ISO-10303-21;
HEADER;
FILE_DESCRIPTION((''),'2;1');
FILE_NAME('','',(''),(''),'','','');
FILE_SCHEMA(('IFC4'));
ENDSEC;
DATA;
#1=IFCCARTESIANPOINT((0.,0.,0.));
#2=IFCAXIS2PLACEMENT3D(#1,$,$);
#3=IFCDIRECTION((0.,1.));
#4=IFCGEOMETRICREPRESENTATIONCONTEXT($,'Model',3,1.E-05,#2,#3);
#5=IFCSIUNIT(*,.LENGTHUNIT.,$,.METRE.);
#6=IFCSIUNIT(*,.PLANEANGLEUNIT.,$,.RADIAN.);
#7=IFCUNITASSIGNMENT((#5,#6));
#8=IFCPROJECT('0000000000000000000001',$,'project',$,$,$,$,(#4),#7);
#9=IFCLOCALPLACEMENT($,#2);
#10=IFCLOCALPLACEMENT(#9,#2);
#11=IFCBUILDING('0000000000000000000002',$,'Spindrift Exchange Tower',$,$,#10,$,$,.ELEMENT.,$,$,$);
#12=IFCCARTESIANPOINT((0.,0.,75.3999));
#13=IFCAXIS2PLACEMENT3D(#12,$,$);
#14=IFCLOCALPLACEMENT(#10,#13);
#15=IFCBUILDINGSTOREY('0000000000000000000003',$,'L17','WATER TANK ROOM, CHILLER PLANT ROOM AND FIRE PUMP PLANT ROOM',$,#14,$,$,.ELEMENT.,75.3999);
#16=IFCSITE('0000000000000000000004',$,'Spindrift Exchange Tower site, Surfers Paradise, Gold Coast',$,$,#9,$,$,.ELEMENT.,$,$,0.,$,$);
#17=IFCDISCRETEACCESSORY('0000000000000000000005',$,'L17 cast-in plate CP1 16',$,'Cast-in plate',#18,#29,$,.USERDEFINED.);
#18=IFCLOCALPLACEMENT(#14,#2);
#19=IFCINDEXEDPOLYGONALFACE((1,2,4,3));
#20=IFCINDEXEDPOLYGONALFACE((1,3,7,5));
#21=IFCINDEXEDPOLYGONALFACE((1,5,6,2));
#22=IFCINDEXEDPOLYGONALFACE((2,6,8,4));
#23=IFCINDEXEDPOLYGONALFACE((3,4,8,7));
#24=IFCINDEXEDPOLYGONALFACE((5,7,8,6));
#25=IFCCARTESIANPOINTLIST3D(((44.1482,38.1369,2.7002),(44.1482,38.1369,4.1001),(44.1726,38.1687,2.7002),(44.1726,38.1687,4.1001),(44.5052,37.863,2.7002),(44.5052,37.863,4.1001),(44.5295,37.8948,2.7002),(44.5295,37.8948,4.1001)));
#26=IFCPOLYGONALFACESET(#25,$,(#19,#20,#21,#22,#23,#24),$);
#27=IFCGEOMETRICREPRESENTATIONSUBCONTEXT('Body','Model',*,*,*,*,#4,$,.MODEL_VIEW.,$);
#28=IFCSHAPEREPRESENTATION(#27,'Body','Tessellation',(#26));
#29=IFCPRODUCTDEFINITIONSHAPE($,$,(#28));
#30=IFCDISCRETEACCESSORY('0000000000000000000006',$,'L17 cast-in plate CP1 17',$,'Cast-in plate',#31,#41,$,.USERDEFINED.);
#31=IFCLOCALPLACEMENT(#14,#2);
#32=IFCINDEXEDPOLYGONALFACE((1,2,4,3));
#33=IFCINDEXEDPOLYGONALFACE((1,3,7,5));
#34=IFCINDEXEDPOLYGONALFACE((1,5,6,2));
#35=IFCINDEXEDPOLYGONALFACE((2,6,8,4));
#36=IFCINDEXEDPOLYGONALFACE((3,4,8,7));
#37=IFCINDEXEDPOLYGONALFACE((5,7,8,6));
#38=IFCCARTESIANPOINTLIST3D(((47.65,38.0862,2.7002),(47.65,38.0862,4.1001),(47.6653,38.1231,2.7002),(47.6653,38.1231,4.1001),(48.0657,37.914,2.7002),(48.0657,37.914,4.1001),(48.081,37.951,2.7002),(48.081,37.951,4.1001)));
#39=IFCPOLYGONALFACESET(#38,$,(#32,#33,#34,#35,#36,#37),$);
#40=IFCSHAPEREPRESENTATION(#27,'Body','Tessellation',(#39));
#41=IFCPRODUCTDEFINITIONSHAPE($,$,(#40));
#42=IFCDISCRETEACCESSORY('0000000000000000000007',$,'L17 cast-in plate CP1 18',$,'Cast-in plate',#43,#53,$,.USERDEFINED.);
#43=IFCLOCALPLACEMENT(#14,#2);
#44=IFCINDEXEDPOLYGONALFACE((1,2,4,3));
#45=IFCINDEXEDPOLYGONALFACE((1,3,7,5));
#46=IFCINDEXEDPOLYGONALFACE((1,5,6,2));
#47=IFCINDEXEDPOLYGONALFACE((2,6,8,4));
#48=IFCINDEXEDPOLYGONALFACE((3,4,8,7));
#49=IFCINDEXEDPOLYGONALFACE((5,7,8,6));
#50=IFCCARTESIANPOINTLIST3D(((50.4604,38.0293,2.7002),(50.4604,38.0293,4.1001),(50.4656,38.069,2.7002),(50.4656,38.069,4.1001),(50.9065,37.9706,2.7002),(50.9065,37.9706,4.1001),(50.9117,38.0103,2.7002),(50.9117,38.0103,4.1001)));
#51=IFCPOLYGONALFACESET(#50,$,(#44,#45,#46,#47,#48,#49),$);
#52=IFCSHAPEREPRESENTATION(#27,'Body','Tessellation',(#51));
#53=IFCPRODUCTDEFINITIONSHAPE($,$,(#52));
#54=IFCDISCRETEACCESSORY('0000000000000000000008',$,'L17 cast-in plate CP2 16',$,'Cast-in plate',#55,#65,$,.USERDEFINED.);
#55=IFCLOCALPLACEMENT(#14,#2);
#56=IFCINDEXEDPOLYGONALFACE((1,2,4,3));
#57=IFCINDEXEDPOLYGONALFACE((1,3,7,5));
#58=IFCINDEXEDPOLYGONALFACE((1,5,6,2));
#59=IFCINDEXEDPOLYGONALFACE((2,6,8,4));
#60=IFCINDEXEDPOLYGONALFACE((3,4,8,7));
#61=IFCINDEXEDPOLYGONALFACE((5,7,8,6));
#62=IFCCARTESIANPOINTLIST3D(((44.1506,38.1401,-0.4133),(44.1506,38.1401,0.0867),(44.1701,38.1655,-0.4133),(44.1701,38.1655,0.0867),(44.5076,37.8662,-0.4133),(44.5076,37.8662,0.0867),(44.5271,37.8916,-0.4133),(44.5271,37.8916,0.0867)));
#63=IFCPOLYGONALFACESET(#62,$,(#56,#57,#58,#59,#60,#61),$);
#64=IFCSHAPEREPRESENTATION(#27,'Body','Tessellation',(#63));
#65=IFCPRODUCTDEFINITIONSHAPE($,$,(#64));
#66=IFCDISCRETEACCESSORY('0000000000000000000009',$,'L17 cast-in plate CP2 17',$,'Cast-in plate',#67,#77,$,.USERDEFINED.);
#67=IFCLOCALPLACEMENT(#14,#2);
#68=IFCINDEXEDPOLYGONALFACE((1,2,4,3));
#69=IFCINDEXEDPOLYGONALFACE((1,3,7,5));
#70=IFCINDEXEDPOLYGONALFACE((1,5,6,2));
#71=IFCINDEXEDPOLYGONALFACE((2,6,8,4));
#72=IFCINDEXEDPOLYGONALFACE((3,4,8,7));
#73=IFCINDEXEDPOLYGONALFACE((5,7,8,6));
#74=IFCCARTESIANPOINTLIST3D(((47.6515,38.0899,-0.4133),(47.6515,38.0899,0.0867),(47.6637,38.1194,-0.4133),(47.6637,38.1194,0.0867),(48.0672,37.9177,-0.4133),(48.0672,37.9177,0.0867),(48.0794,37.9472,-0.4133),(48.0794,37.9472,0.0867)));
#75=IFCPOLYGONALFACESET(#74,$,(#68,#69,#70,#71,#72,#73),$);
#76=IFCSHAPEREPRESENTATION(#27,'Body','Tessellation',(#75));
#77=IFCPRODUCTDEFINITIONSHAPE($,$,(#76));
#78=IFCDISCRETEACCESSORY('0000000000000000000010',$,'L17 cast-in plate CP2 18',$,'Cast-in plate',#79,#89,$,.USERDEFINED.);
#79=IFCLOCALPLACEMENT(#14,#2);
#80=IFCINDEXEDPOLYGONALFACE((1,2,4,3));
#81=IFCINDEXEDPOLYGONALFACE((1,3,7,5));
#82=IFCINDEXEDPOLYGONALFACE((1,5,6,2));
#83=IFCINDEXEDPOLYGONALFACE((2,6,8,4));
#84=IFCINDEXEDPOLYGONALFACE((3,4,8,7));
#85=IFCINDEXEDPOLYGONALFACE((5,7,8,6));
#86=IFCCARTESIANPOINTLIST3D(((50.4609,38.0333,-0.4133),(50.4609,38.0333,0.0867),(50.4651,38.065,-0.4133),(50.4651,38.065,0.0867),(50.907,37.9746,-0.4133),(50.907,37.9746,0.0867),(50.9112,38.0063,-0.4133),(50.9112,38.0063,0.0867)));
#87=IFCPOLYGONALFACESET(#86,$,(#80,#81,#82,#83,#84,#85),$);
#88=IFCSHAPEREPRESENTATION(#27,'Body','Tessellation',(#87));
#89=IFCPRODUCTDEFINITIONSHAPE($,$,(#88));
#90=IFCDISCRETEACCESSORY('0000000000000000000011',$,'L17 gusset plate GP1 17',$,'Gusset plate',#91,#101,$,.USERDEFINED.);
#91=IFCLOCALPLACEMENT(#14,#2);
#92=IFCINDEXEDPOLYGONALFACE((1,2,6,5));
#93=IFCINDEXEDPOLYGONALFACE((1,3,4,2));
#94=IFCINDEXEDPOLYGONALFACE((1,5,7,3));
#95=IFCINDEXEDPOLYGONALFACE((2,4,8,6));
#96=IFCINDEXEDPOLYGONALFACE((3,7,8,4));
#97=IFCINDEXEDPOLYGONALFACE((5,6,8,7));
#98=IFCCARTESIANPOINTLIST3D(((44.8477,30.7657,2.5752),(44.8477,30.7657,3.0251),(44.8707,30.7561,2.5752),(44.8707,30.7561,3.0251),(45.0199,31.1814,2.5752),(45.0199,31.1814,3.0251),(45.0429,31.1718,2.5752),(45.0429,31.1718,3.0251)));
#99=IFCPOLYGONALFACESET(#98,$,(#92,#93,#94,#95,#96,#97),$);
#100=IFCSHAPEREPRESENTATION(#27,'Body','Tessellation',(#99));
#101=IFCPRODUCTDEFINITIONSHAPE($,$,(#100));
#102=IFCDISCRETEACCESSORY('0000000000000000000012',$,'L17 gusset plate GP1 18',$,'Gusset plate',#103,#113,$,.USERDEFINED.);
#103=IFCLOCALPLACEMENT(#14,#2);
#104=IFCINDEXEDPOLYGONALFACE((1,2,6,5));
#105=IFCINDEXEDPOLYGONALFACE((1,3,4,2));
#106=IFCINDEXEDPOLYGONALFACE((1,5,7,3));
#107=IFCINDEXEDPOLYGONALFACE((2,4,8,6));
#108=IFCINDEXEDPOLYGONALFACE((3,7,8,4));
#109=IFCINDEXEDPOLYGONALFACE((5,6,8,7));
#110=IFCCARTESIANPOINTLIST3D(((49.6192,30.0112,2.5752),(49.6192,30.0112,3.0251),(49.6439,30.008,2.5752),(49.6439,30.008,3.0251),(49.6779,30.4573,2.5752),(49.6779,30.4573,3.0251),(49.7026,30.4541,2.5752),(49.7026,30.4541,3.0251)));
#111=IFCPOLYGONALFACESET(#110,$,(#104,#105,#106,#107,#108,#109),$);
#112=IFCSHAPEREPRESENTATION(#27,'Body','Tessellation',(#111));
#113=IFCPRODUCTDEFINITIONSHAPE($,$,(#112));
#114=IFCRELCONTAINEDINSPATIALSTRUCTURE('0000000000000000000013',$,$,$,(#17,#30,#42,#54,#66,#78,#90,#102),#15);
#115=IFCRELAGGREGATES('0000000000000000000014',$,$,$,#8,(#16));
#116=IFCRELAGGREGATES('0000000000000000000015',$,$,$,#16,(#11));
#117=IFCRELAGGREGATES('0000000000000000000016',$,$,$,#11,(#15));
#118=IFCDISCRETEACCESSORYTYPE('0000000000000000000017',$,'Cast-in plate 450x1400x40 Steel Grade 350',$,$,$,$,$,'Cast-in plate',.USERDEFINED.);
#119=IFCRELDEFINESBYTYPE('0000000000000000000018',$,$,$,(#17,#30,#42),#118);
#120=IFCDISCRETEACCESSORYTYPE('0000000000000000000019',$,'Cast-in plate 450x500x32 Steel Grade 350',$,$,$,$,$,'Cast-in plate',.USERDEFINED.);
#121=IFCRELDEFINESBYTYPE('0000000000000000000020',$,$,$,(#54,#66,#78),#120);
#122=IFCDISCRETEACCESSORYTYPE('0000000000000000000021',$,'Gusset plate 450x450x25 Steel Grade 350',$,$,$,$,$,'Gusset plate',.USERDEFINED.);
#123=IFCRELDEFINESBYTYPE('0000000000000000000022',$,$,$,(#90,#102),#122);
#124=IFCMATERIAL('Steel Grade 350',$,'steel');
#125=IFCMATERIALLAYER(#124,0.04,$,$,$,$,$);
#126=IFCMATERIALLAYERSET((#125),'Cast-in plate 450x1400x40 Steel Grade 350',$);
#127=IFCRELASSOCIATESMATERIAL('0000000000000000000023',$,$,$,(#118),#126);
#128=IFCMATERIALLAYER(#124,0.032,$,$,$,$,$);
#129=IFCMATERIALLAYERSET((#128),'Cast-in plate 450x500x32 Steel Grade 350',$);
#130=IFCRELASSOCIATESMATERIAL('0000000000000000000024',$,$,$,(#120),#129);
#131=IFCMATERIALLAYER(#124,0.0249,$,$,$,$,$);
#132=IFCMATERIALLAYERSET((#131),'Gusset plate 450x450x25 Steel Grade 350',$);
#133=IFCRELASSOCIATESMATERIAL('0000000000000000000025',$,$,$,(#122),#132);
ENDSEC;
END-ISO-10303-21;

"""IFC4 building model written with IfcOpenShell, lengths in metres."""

from ifc_helpers import new_model, si_unit, direction, frame, origin, origin_2d, place, context, subcontext, project, spatial, rectangle, extrude, source, transform, mapped, material, layer, layer_set, type_object, element, save


model = new_model("IFC4")

# Units and contexts
model_context = context("Model", 3, precision=1e-05, world=origin(), true_north=direction((0.0, 1.0)))
body_context = subcontext(model_context, "Body", "Model", "MODEL_VIEW")
ifc_project = project(units=[si_unit("LENGTHUNIT", "METRE"), si_unit("PLANEANGLEUNIT", "RADIAN")], contexts=[model_context])

# Site, building, storey
site_placement = place(None, origin())
site = spatial("IfcSite", under=ifc_project, at=site_placement, Name="Spindrift Exchange Tower site, Surfers Paradise, Gold Coast", CompositionType="ELEMENT", RefElevation=0.0)
building_placement = place(site_placement, origin())
building = spatial("IfcBuilding", under=site, at=building_placement, Name="Spindrift Exchange Tower", CompositionType="ELEMENT")
storey_placement = place(building_placement, frame((0.0, 0.0, 75.3999)))
storey = spatial("IfcBuildingStorey", under=building, at=storey_placement, Name="L17", Description="WATER TANK ROOM, CHILLER PLANT ROOM AND FIRE PUMP PLANT ROOM", CompositionType="ELEMENT", Elevation=75.3999)

# Discrete accessories
ifc_material_1 = material(Name="Steel Grade 350", Category="steel")
ifc_layer_1 = layer(ifc_material_1, 0.04)
ifc_layer_set_1 = layer_set([ifc_layer_1], Name="Cast-in plate 450x1400x40 Steel Grade 350")
discrete_accessory_type_1 = type_object("IfcDiscreteAccessoryType", Name="Cast-in plate 450x1400x40 Steel Grade 350", ElementType="Cast-in plate", PredefinedType="USERDEFINED", material=ifc_layer_set_1)
shared_shape_1 = source(origin(), body_context, "Body", "SweptSolid", [
    extrude(rectangle(XDim=0.04, YDim=0.45, at=origin_2d()), origin(), (0.0, 0.0, 1.0), 1.3999),
])
for number, where, z_axis, x_axis, name in (
    (1, (44.3389, 38.0159, 2.7002), (0.0, 0.0, 1.0), (-0.608761, -0.793353, 0.0), "L17 cast-in plate CP1 16"),
    (2, (47.8655, 38.0186, 2.7002), (0.0, 0.0, 1.0), (-0.382683, -0.92388, 0.0), "L17 cast-in plate CP1 17"),
    (3, (50.686, 38.0198, 2.7002), (0.0, 0.0, 1.0), (-0.130526, -0.991445, 0.0), "L17 cast-in plate CP1 18"),
):
    element("IfcDiscreteAccessory", number, at=place(storey_placement, frame(where, z_axis=z_axis, x_axis=x_axis)), inside=storey, type_object=discrete_accessory_type_1, Name=name, ObjectType="Cast-in plate", PredefinedType="USERDEFINED", context=body_context, shape_type="MappedRepresentation", body=[
        mapped(shared_shape_1, transform((0.0, 0.0, 0.0), scale=1.0)),
    ])
ifc_layer_2 = layer(ifc_material_1, 0.032)
ifc_layer_set_2 = layer_set([ifc_layer_2], Name="Cast-in plate 450x500x32 Steel Grade 350")
discrete_accessory_type_2 = type_object("IfcDiscreteAccessoryType", Name="Cast-in plate 450x500x32 Steel Grade 350", ElementType="Cast-in plate", PredefinedType="USERDEFINED", material=ifc_layer_set_2)
shared_shape_2 = source(origin(), body_context, "Body", "SweptSolid", [
    extrude(rectangle(XDim=0.032, YDim=0.45, at=origin_2d()), origin(), (0.0, 0.0, 1.0), 0.5),
])
for number, where, z_axis, x_axis, name in (
    (4, (44.3389, 38.0159, -0.4133), (0.0, 0.0, 1.0), (-0.608761, -0.793353, 0.0), "L17 cast-in plate CP2 16"),
    (5, (47.8655, 38.0186, -0.4133), (0.0, 0.0, 1.0), (-0.382683, -0.92388, 0.0), "L17 cast-in plate CP2 17"),
    (6, (50.686, 38.0198, -0.4133), (0.0, 0.0, 1.0), (-0.130526, -0.991445, 0.0), "L17 cast-in plate CP2 18"),
):
    element("IfcDiscreteAccessory", number, at=place(storey_placement, frame(where, z_axis=z_axis, x_axis=x_axis)), inside=storey, type_object=discrete_accessory_type_2, Name=name, ObjectType="Cast-in plate", PredefinedType="USERDEFINED", context=body_context, shape_type="MappedRepresentation", body=[
        mapped(shared_shape_2, transform((0.0, 0.0, 0.0), scale=1.0)),
    ])
ifc_layer_3 = layer(ifc_material_1, 0.0249)
ifc_layer_set_3 = layer_set([ifc_layer_3], Name="Gusset plate 450x450x25 Steel Grade 350")
discrete_accessory_type_3 = type_object("IfcDiscreteAccessoryType", Name="Gusset plate 450x450x25 Steel Grade 350", ElementType="Gusset plate", PredefinedType="USERDEFINED", material=ifc_layer_set_3)
shared_shape_3 = source(origin(), body_context, "Body", "SweptSolid", [
    extrude(rectangle(XDim=0.45, YDim=0.0249, at=origin_2d()), origin(), (0.0, 0.0, 1.0), 0.45),
])
for number, where, z_axis, x_axis, name in (
    (7, (44.9453, 30.9688, 2.5752), (0.0, 0.0, 1.0), (-0.382685, -0.923879, 0.0), "L17 gusset plate GP1 17"),
    (8, (49.6609, 30.2327, 2.5752), (0.0, 0.0, 1.0), (-0.13054, -0.991443, 0.0), "L17 gusset plate GP1 18"),
):
    element("IfcDiscreteAccessory", number, at=place(storey_placement, frame(where, z_axis=z_axis, x_axis=x_axis)), inside=storey, type_object=discrete_accessory_type_3, Name=name, ObjectType="Gusset plate", PredefinedType="USERDEFINED", context=body_context, shape_type="MappedRepresentation", body=[
        mapped(shared_shape_3, transform((0.0, 0.0, 0.0), scale=1.0)),
    ])

save(model, "model.ifc")
